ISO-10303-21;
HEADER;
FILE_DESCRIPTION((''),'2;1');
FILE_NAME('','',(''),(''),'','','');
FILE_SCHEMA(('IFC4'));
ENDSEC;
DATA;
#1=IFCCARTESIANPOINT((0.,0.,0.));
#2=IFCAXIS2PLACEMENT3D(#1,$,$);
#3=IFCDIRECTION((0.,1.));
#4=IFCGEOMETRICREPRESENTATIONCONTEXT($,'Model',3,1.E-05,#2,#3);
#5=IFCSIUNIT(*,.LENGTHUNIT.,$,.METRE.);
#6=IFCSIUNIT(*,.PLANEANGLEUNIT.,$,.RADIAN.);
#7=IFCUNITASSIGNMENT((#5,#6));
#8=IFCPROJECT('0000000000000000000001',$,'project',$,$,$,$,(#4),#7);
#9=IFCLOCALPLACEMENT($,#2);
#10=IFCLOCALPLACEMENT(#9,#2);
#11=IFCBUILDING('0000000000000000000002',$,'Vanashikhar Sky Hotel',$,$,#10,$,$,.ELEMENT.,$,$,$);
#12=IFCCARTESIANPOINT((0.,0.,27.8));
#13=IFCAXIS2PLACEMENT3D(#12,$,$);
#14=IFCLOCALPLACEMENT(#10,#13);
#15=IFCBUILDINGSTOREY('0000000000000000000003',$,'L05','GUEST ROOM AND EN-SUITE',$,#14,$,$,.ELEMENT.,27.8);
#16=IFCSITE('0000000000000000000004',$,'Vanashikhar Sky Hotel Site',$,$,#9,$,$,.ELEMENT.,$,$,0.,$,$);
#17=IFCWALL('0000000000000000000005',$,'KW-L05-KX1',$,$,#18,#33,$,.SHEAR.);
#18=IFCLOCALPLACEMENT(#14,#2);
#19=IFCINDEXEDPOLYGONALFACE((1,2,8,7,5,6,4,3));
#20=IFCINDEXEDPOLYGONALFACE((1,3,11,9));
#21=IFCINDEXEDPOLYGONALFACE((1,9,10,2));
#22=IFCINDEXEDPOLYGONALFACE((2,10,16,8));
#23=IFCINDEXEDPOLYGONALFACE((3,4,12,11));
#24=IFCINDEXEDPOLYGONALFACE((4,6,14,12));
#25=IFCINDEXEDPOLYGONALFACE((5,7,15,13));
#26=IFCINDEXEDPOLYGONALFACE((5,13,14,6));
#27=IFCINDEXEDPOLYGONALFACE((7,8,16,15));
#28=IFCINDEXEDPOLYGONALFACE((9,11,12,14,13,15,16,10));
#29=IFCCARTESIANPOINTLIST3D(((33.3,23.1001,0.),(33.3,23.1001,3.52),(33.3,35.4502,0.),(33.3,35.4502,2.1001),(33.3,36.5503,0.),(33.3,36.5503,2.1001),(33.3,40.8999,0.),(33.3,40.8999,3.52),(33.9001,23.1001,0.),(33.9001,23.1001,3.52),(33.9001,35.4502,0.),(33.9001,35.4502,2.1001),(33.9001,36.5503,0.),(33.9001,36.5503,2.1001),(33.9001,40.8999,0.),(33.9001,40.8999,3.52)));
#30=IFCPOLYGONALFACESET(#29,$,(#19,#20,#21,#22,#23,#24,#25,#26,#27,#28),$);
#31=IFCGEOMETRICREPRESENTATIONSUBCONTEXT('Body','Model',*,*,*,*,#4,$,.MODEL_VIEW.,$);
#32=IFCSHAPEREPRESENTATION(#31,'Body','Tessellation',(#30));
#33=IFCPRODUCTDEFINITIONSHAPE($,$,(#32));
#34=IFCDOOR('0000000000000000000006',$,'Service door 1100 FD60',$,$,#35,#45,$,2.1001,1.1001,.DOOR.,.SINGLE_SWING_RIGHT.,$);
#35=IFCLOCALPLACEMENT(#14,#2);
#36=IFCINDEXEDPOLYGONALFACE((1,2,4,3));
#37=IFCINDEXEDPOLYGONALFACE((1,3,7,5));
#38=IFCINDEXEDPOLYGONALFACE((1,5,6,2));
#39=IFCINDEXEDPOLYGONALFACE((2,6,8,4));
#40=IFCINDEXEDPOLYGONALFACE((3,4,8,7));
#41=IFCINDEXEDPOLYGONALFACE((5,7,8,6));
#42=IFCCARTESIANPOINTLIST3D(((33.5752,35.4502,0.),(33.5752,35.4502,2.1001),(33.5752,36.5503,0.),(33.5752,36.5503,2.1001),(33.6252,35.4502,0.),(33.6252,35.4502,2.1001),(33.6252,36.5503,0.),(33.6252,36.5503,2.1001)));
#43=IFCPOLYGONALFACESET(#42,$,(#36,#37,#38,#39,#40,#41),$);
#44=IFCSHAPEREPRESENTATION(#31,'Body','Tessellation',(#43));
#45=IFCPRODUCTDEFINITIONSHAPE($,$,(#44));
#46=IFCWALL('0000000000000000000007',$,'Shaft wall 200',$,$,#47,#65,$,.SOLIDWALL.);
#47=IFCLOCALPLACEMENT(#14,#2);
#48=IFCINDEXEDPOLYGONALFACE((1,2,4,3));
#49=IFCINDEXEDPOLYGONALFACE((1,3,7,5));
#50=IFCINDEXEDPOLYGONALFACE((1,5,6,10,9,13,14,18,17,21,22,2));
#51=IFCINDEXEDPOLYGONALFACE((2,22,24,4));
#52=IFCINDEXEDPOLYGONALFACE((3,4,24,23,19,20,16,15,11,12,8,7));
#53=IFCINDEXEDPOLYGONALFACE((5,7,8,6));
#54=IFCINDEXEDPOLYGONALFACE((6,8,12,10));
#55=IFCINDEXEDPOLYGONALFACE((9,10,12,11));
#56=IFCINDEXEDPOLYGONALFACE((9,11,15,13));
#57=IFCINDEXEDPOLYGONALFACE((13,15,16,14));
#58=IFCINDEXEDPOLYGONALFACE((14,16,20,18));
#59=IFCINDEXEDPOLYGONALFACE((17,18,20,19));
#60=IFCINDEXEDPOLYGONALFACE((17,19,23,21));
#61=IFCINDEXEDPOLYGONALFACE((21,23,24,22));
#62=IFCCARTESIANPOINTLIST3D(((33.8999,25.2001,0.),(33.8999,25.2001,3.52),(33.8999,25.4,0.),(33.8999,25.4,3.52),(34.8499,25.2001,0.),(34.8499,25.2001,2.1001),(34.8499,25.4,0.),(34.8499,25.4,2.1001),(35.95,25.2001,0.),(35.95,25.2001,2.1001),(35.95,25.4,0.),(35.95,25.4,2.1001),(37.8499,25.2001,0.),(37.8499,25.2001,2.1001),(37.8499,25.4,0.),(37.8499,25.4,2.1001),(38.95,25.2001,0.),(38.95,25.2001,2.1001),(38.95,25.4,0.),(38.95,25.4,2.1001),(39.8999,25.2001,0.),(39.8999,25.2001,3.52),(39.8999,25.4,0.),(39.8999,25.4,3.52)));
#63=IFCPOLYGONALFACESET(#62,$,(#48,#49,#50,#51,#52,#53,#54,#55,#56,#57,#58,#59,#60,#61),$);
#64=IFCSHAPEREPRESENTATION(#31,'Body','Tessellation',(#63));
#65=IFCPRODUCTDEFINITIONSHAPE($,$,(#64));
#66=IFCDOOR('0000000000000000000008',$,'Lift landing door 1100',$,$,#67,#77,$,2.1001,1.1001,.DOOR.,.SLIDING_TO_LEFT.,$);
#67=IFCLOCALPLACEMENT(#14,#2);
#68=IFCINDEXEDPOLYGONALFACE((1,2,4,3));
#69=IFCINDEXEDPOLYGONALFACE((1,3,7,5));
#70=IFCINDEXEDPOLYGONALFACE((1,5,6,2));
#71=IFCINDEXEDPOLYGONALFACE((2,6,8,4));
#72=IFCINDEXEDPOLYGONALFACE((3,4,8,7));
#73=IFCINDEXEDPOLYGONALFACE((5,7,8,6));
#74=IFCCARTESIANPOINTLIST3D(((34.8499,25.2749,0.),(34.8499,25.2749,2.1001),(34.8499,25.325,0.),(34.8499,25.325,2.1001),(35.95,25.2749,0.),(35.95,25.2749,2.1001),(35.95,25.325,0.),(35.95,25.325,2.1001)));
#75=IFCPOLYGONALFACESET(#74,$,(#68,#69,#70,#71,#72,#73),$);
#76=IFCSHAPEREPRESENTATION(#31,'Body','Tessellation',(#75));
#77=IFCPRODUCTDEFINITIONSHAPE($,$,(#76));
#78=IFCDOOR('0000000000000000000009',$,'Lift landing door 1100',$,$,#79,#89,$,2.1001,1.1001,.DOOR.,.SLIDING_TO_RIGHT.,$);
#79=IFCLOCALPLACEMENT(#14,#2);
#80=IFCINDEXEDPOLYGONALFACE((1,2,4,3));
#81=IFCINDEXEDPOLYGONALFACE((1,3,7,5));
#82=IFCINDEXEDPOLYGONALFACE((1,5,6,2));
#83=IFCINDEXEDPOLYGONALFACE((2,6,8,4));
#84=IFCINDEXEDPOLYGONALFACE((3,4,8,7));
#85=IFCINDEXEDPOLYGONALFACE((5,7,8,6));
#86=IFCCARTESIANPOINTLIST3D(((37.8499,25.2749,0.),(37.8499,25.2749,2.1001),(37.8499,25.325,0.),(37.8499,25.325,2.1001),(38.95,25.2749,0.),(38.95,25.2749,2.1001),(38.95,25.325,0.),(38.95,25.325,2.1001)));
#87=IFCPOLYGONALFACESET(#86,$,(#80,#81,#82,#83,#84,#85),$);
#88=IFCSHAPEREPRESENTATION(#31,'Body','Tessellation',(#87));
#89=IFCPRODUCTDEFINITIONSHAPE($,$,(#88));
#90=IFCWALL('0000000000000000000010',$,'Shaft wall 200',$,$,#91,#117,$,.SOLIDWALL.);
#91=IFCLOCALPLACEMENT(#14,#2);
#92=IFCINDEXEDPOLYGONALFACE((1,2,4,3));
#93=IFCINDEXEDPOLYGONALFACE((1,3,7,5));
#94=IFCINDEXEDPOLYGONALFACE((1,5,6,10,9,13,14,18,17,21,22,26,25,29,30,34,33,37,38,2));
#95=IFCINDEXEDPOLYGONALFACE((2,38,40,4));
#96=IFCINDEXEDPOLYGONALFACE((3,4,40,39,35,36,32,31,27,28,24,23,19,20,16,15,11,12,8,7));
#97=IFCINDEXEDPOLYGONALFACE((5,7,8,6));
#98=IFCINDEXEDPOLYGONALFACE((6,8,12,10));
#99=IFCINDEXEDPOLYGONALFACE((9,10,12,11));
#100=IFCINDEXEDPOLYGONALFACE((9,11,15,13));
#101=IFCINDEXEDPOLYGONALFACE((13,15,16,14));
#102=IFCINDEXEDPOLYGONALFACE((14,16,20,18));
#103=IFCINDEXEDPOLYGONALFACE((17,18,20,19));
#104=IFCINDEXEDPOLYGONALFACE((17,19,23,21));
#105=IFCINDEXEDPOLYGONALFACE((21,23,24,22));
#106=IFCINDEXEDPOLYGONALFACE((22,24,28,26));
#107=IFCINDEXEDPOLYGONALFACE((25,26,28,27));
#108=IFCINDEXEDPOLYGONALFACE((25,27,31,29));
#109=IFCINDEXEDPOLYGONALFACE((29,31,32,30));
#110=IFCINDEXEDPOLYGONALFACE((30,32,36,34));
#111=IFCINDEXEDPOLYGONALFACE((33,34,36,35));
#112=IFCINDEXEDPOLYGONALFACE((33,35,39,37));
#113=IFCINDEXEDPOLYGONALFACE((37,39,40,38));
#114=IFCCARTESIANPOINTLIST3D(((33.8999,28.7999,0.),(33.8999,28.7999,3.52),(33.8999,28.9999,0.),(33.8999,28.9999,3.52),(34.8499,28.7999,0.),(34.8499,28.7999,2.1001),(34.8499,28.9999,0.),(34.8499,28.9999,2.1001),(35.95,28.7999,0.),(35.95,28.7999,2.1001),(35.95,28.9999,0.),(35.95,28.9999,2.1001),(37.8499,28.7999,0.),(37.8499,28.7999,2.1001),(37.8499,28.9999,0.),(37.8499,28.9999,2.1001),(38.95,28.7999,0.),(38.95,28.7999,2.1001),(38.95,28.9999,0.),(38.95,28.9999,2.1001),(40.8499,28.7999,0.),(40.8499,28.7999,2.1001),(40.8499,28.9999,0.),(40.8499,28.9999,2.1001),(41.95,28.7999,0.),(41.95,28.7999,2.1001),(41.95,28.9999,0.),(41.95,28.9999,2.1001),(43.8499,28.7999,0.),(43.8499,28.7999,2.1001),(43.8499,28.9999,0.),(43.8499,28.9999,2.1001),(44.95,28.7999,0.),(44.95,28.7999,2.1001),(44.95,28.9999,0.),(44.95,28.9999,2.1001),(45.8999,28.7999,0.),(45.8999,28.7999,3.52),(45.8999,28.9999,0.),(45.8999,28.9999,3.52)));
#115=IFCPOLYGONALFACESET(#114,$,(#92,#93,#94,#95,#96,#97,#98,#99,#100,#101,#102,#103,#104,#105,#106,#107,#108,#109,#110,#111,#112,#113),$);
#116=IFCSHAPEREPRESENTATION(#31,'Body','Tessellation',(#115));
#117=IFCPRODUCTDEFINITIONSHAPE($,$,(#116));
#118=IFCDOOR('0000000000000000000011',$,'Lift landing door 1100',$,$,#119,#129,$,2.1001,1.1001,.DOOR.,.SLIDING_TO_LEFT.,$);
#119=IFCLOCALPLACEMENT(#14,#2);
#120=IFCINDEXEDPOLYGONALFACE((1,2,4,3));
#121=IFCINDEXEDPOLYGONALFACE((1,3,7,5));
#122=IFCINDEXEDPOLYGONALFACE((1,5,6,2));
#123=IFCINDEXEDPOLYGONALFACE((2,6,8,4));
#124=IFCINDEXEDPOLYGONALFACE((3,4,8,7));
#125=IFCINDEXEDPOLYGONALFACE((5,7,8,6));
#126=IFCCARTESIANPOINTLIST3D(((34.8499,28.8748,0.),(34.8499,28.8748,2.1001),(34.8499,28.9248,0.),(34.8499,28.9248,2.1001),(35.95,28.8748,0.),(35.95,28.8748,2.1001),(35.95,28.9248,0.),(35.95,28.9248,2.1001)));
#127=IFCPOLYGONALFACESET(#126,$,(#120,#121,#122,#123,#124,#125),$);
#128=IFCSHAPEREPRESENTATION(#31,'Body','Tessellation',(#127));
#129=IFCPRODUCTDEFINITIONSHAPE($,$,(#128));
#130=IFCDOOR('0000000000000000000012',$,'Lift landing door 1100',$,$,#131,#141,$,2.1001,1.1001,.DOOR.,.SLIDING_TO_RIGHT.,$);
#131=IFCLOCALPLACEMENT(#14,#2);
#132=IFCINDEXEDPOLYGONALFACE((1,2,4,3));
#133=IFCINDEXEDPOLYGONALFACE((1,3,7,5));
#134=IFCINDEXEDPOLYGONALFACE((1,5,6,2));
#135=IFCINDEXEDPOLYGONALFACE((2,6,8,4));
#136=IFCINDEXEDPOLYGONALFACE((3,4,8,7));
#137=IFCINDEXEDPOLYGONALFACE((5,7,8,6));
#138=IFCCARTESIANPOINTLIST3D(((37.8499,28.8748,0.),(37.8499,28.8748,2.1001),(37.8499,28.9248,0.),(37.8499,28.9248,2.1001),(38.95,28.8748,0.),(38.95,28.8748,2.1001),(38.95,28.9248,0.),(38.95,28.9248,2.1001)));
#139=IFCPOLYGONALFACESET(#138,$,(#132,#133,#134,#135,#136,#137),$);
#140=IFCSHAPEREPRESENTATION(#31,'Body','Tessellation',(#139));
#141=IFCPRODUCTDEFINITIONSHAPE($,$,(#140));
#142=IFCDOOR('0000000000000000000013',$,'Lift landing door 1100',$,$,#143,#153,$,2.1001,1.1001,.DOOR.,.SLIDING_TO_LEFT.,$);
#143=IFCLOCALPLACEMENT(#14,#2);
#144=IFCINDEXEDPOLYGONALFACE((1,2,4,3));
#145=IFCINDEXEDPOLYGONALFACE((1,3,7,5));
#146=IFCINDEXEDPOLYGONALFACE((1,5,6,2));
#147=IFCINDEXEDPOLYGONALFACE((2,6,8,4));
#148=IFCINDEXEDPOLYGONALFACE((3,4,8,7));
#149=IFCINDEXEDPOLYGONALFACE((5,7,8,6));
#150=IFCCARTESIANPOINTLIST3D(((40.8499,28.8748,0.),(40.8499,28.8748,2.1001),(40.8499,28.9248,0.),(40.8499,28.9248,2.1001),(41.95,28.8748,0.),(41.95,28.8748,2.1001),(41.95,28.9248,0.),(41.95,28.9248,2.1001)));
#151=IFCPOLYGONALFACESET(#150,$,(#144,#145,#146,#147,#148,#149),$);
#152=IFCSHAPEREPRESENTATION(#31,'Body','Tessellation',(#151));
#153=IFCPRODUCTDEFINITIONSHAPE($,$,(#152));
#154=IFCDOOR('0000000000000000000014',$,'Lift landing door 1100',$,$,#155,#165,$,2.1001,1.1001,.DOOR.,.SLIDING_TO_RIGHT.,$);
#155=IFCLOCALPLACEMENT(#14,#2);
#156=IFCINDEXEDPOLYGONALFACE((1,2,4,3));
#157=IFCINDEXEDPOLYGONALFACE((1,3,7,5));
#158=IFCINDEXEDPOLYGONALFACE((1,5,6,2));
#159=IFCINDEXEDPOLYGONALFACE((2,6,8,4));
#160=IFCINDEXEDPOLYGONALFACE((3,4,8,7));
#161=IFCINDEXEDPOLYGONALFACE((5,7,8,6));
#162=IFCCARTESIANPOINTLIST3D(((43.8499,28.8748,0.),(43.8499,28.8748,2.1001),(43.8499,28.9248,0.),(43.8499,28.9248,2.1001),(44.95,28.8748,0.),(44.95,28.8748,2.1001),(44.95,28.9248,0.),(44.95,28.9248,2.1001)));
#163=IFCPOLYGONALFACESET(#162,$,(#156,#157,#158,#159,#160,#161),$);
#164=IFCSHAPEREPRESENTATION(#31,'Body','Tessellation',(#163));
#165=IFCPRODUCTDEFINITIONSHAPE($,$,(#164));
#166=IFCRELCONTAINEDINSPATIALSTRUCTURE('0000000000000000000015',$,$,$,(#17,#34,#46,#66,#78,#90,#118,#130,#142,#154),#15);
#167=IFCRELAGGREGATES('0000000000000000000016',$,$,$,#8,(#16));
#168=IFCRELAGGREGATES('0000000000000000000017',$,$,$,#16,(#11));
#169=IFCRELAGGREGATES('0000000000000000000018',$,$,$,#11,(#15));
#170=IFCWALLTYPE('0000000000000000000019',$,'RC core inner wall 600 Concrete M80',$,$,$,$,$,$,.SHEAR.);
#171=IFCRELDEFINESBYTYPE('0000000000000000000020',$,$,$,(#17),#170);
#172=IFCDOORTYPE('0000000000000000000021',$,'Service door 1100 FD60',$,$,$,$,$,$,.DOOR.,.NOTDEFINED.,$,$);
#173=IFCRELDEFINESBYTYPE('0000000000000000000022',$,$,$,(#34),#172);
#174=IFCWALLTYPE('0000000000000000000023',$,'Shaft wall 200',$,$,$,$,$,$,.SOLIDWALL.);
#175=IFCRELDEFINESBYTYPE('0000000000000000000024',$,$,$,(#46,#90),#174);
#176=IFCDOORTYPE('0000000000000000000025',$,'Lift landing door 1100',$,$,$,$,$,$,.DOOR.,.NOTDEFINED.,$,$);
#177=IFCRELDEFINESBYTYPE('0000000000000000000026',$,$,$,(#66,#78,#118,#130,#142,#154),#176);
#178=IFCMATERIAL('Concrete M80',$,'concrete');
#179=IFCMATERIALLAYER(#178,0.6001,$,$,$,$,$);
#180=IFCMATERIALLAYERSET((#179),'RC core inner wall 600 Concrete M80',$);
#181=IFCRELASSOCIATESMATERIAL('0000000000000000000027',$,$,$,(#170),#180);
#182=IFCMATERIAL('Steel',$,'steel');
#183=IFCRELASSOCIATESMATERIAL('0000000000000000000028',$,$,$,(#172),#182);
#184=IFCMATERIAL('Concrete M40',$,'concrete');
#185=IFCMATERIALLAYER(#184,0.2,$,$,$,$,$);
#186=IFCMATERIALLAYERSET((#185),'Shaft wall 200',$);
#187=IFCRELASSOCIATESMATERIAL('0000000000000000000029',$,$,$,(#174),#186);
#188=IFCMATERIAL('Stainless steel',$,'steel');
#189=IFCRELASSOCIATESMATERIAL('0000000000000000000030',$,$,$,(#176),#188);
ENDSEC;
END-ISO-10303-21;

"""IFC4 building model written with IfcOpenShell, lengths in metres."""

from ifc_helpers import new_model, si_unit, direction, frame, frame_2d, origin, place, context, subcontext, project, spatial, rectangle, extrude, source, transform, mapped, material, layer, layer_set, type_object, element, fill, save


model = new_model("IFC4")

# Units and contexts
model_context = context("Model", 3, precision=1e-05, world=origin(), true_north=direction((0.0, 1.0)))
body_context = subcontext(model_context, "Body", "Model", "MODEL_VIEW")
ifc_project = project(units=[si_unit("LENGTHUNIT", "METRE"), si_unit("PLANEANGLEUNIT", "RADIAN")], contexts=[model_context])

# Site, building, storey
site_placement = place(None, origin())
site = spatial("IfcSite", under=ifc_project, at=site_placement, Name="Vanashikhar Sky Hotel Site", CompositionType="ELEMENT", RefElevation=0.0)
building_placement = place(site_placement, origin())
building = spatial("IfcBuilding", under=site, at=building_placement, Name="Vanashikhar Sky Hotel", CompositionType="ELEMENT")
storey_placement = place(building_placement, frame((0.0, 0.0, 27.8)))
storey = spatial("IfcBuildingStorey", under=building, at=storey_placement, Name="L05", Description="GUEST ROOM AND EN-SUITE", CompositionType="ELEMENT", Elevation=27.8)

# Wall, opening, door
ifc_material_1 = material(Name="Concrete M80", Category="concrete")
ifc_layer_1 = layer(ifc_material_1, 0.6001)
ifc_layer_set_1 = layer_set([ifc_layer_1], Name="RC core inner wall 600 Concrete M80")
wall_type_1 = type_object("IfcWallType", Name="RC core inner wall 600 Concrete M80", PredefinedType="SHEAR", material=ifc_layer_set_1)
shared_shape_1 = source(origin(), body_context, "Body", "SweptSolid", [
    extrude(rectangle(XDim=17.7998, YDim=0.6001, at=frame_2d((8.8999, 0.0))), origin(), (0.0, 0.0, 1.0), 3.52),
])
wall_1_placement = place(storey_placement, frame((33.6001, 23.1001, 0.0), z_axis=(0.0, 0.0, 1.0), x_axis=(0.0, 1.0, 0.0)))
wall_1 = element("IfcWall", 1, at=wall_1_placement, inside=storey, type_object=wall_type_1, Name="KW-L05-KX1", PredefinedType="SHEAR", context=body_context, shape_type="MappedRepresentation", body=[
    mapped(shared_shape_1, transform((0.0, 0.0, 0.0), scale=1.0)),
])
shared_shape_2 = source(origin(), body_context, "Body", "SweptSolid", [
    extrude(rectangle(XDim=1.1001, YDim=2.1001, at=frame_2d((0.55, 1.05))), frame((0.0, 0.3101, 0.0), z_axis=(0.0, -1.0, 0.0), x_axis=(1.0, 0.0, 0.0)), (0.0, 0.0, 1.0), 0.6201),
])
opening_1_placement = place(wall_1_placement, frame((12.3501, 0.0, 0.0)))
opening_1 = element("IfcOpeningElement", 2, at=opening_1_placement, cuts=wall_1, PredefinedType="OPENING", context=body_context, shape_type="MappedRepresentation", body=[
    mapped(shared_shape_2, transform((0.0, 0.0, 0.0), scale=1.0)),
])
ifc_material_2 = material(Name="Steel", Category="steel")
door_type_1 = type_object("IfcDoorType", Name="Service door 1100 FD60", OperationType="NOTDEFINED", PredefinedType="DOOR", material=ifc_material_2)
shared_shape_3 = source(origin(), body_context, "Body", "SweptSolid", [
    extrude(rectangle(XDim=1.1001, YDim=2.1001, at=frame_2d((0.55, 1.05))), frame((0.0, 0.0249, 0.0), z_axis=(0.0, -1.0, 0.0), x_axis=(1.0, 0.0, 0.0)), (0.0, 0.0, 1.0), 0.05),
])
door_1_placement = place(opening_1_placement, origin())
door_1 = element("IfcDoor", 3, at=door_1_placement, inside=storey, type_object=door_type_1, Name="Service door 1100 FD60", OperationType="SINGLE_SWING_RIGHT", OverallHeight=2.1001, OverallWidth=1.1001, PredefinedType="DOOR", context=body_context, shape_type="MappedRepresentation", body=[
    mapped(shared_shape_3, transform((0.0, 0.0, 0.0), scale=1.0)),
])
fill(opening_1, door_1)

# Walls, openings, doors
ifc_material_3 = material(Name="Concrete M40", Category="concrete")
ifc_layer_2 = layer(ifc_material_3, 0.2)
ifc_layer_set_2 = layer_set([ifc_layer_2], Name="Shaft wall 200")
wall_type_2 = type_object("IfcWallType", Name="Shaft wall 200", PredefinedType="SOLIDWALL", material=ifc_layer_set_2)
shared_shape_4 = source(origin(), body_context, "Body", "SweptSolid", [
    extrude(rectangle(XDim=6.0, YDim=0.2, at=frame_2d((3.0, 0.0))), origin(), (0.0, 0.0, 1.0), 3.52),
])
wall_2_placement = place(storey_placement, frame((33.8999, 25.3, 0.0), z_axis=(0.0, 0.0, 1.0), x_axis=(1.0, 0.0, 0.0)))
wall_2 = element("IfcWall", 4, at=wall_2_placement, inside=storey, type_object=wall_type_2, Name="Shaft wall 200", PredefinedType="SOLIDWALL", context=body_context, shape_type="MappedRepresentation", body=[
    mapped(shared_shape_4, transform((0.0, 0.0, 0.0), scale=1.0)),
])
shared_shape_5 = source(origin(), body_context, "Body", "SweptSolid", [
    extrude(rectangle(XDim=1.1001, YDim=2.1001, at=frame_2d((0.55, 1.05))), frame((0.0, 0.1099, 0.0), z_axis=(0.0, -1.0, 0.0), x_axis=(1.0, 0.0, 0.0)), (0.0, 0.0, 1.0), 0.22),
])
opening_2_placement = place(wall_2_placement, frame((0.95, 0.0, 0.0)))
opening_2 = element("IfcOpeningElement", 5, at=opening_2_placement, cuts=wall_2, PredefinedType="OPENING", context=body_context, shape_type="MappedRepresentation", body=[
    mapped(shared_shape_5, transform((0.0, 0.0, 0.0), scale=1.0)),
])
opening_3_placement = place(wall_2_placement, frame((3.95, 0.0, 0.0)))
opening_3 = element("IfcOpeningElement", 6, at=opening_3_placement, cuts=wall_2, PredefinedType="OPENING", context=body_context, shape_type="MappedRepresentation", body=[
    mapped(shared_shape_5, transform((0.0, 0.0, 0.0), scale=1.0)),
])
ifc_material_4 = material(Name="Stainless steel", Category="steel")
door_type_2 = type_object("IfcDoorType", Name="Lift landing door 1100", OperationType="NOTDEFINED", PredefinedType="DOOR", material=ifc_material_4)
door_2_placement = place(opening_2_placement, origin())
door_2 = element("IfcDoor", 7, at=door_2_placement, inside=storey, type_object=door_type_2, Name="Lift landing door 1100", OperationType="SLIDING_TO_LEFT", OverallHeight=2.1001, OverallWidth=1.1001, PredefinedType="DOOR", context=body_context, shape_type="MappedRepresentation", body=[
    mapped(shared_shape_3, transform((0.0, 0.0, 0.0), scale=1.0)),
])
fill(opening_2, door_2)
door_3_placement = place(opening_3_placement, origin())
door_3 = element("IfcDoor", 8, at=door_3_placement, inside=storey, type_object=door_type_2, Name="Lift landing door 1100", OperationType="SLIDING_TO_RIGHT", OverallHeight=2.1001, OverallWidth=1.1001, PredefinedType="DOOR", context=body_context, shape_type="MappedRepresentation", body=[
    mapped(shared_shape_3, transform((0.0, 0.0, 0.0), scale=1.0)),
])
fill(opening_3, door_3)
shared_shape_6 = source(origin(), body_context, "Body", "SweptSolid", [
    extrude(rectangle(XDim=12.0, YDim=0.2, at=frame_2d((6.0, 0.0))), origin(), (0.0, 0.0, 1.0), 3.52),
])
wall_3_placement = place(storey_placement, frame((33.8999, 28.8999, 0.0), z_axis=(0.0, 0.0, 1.0), x_axis=(1.0, 0.0, 0.0)))
wall_3 = element("IfcWall", 9, at=wall_3_placement, inside=storey, type_object=wall_type_2, Name="Shaft wall 200", PredefinedType="SOLIDWALL", context=body_context, shape_type="MappedRepresentation", body=[
    mapped(shared_shape_6, transform((0.0, 0.0, 0.0), scale=1.0)),
])
opening_4_placement = place(wall_3_placement, frame((0.95, 0.0, 0.0)))
opening_4 = element("IfcOpeningElement", 10, at=opening_4_placement, cuts=wall_3, PredefinedType="OPENING", context=body_context, shape_type="MappedRepresentation", body=[
    mapped(shared_shape_5, transform((0.0, 0.0, 0.0), scale=1.0)),
])
opening_5_placement = place(wall_3_placement, frame((3.95, 0.0, 0.0)))
opening_5 = element("IfcOpeningElement", 11, at=opening_5_placement, cuts=wall_3, PredefinedType="OPENING", context=body_context, shape_type="MappedRepresentation", body=[
    mapped(shared_shape_5, transform((0.0, 0.0, 0.0), scale=1.0)),
])
opening_6_placement = place(wall_3_placement, frame((6.95, 0.0, 0.0)))
opening_6 = element("IfcOpeningElement", 12, at=opening_6_placement, cuts=wall_3, PredefinedType="OPENING", context=body_context, shape_type="MappedRepresentation", body=[
    mapped(shared_shape_5, transform((0.0, 0.0, 0.0), scale=1.0)),
])
opening_7_placement = place(wall_3_placement, frame((9.95, 0.0, 0.0)))
opening_7 = element("IfcOpeningElement", 13, at=opening_7_placement, cuts=wall_3, PredefinedType="OPENING", context=body_context, shape_type="MappedRepresentation", body=[
    mapped(shared_shape_5, transform((0.0, 0.0, 0.0), scale=1.0)),
])
door_4_placement = place(opening_4_placement, origin())
door_4 = element("IfcDoor", 14, at=door_4_placement, inside=storey, type_object=door_type_2, Name="Lift landing door 1100", OperationType="SLIDING_TO_LEFT", OverallHeight=2.1001, OverallWidth=1.1001, PredefinedType="DOOR", context=body_context, shape_type="MappedRepresentation", body=[
    mapped(shared_shape_3, transform((0.0, 0.0, 0.0), scale=1.0)),
])
fill(opening_4, door_4)
door_5_placement = place(opening_5_placement, origin())
door_5 = element("IfcDoor", 15, at=door_5_placement, inside=storey, type_object=door_type_2, Name="Lift landing door 1100", OperationType="SLIDING_TO_RIGHT", OverallHeight=2.1001, OverallWidth=1.1001, PredefinedType="DOOR", context=body_context, shape_type="MappedRepresentation", body=[
    mapped(shared_shape_3, transform((0.0, 0.0, 0.0), scale=1.0)),
])
fill(opening_5, door_5)
door_6_placement = place(opening_6_placement, origin())
door_6 = element("IfcDoor", 16, at=door_6_placement, inside=storey, type_object=door_type_2, Name="Lift landing door 1100", OperationType="SLIDING_TO_LEFT", OverallHeight=2.1001, OverallWidth=1.1001, PredefinedType="DOOR", context=body_context, shape_type="MappedRepresentation", body=[
    mapped(shared_shape_3, transform((0.0, 0.0, 0.0), scale=1.0)),
])
fill(opening_6, door_6)
door_7_placement = place(opening_7_placement, origin())
door_7 = element("IfcDoor", 17, at=door_7_placement, inside=storey, type_object=door_type_2, Name="Lift landing door 1100", OperationType="SLIDING_TO_RIGHT", OverallHeight=2.1001, OverallWidth=1.1001, PredefinedType="DOOR", context=body_context, shape_type="MappedRepresentation", body=[
    mapped(shared_shape_3, transform((0.0, 0.0, 0.0), scale=1.0)),
])
fill(opening_7, door_7)

save(model, "model.ifc")
